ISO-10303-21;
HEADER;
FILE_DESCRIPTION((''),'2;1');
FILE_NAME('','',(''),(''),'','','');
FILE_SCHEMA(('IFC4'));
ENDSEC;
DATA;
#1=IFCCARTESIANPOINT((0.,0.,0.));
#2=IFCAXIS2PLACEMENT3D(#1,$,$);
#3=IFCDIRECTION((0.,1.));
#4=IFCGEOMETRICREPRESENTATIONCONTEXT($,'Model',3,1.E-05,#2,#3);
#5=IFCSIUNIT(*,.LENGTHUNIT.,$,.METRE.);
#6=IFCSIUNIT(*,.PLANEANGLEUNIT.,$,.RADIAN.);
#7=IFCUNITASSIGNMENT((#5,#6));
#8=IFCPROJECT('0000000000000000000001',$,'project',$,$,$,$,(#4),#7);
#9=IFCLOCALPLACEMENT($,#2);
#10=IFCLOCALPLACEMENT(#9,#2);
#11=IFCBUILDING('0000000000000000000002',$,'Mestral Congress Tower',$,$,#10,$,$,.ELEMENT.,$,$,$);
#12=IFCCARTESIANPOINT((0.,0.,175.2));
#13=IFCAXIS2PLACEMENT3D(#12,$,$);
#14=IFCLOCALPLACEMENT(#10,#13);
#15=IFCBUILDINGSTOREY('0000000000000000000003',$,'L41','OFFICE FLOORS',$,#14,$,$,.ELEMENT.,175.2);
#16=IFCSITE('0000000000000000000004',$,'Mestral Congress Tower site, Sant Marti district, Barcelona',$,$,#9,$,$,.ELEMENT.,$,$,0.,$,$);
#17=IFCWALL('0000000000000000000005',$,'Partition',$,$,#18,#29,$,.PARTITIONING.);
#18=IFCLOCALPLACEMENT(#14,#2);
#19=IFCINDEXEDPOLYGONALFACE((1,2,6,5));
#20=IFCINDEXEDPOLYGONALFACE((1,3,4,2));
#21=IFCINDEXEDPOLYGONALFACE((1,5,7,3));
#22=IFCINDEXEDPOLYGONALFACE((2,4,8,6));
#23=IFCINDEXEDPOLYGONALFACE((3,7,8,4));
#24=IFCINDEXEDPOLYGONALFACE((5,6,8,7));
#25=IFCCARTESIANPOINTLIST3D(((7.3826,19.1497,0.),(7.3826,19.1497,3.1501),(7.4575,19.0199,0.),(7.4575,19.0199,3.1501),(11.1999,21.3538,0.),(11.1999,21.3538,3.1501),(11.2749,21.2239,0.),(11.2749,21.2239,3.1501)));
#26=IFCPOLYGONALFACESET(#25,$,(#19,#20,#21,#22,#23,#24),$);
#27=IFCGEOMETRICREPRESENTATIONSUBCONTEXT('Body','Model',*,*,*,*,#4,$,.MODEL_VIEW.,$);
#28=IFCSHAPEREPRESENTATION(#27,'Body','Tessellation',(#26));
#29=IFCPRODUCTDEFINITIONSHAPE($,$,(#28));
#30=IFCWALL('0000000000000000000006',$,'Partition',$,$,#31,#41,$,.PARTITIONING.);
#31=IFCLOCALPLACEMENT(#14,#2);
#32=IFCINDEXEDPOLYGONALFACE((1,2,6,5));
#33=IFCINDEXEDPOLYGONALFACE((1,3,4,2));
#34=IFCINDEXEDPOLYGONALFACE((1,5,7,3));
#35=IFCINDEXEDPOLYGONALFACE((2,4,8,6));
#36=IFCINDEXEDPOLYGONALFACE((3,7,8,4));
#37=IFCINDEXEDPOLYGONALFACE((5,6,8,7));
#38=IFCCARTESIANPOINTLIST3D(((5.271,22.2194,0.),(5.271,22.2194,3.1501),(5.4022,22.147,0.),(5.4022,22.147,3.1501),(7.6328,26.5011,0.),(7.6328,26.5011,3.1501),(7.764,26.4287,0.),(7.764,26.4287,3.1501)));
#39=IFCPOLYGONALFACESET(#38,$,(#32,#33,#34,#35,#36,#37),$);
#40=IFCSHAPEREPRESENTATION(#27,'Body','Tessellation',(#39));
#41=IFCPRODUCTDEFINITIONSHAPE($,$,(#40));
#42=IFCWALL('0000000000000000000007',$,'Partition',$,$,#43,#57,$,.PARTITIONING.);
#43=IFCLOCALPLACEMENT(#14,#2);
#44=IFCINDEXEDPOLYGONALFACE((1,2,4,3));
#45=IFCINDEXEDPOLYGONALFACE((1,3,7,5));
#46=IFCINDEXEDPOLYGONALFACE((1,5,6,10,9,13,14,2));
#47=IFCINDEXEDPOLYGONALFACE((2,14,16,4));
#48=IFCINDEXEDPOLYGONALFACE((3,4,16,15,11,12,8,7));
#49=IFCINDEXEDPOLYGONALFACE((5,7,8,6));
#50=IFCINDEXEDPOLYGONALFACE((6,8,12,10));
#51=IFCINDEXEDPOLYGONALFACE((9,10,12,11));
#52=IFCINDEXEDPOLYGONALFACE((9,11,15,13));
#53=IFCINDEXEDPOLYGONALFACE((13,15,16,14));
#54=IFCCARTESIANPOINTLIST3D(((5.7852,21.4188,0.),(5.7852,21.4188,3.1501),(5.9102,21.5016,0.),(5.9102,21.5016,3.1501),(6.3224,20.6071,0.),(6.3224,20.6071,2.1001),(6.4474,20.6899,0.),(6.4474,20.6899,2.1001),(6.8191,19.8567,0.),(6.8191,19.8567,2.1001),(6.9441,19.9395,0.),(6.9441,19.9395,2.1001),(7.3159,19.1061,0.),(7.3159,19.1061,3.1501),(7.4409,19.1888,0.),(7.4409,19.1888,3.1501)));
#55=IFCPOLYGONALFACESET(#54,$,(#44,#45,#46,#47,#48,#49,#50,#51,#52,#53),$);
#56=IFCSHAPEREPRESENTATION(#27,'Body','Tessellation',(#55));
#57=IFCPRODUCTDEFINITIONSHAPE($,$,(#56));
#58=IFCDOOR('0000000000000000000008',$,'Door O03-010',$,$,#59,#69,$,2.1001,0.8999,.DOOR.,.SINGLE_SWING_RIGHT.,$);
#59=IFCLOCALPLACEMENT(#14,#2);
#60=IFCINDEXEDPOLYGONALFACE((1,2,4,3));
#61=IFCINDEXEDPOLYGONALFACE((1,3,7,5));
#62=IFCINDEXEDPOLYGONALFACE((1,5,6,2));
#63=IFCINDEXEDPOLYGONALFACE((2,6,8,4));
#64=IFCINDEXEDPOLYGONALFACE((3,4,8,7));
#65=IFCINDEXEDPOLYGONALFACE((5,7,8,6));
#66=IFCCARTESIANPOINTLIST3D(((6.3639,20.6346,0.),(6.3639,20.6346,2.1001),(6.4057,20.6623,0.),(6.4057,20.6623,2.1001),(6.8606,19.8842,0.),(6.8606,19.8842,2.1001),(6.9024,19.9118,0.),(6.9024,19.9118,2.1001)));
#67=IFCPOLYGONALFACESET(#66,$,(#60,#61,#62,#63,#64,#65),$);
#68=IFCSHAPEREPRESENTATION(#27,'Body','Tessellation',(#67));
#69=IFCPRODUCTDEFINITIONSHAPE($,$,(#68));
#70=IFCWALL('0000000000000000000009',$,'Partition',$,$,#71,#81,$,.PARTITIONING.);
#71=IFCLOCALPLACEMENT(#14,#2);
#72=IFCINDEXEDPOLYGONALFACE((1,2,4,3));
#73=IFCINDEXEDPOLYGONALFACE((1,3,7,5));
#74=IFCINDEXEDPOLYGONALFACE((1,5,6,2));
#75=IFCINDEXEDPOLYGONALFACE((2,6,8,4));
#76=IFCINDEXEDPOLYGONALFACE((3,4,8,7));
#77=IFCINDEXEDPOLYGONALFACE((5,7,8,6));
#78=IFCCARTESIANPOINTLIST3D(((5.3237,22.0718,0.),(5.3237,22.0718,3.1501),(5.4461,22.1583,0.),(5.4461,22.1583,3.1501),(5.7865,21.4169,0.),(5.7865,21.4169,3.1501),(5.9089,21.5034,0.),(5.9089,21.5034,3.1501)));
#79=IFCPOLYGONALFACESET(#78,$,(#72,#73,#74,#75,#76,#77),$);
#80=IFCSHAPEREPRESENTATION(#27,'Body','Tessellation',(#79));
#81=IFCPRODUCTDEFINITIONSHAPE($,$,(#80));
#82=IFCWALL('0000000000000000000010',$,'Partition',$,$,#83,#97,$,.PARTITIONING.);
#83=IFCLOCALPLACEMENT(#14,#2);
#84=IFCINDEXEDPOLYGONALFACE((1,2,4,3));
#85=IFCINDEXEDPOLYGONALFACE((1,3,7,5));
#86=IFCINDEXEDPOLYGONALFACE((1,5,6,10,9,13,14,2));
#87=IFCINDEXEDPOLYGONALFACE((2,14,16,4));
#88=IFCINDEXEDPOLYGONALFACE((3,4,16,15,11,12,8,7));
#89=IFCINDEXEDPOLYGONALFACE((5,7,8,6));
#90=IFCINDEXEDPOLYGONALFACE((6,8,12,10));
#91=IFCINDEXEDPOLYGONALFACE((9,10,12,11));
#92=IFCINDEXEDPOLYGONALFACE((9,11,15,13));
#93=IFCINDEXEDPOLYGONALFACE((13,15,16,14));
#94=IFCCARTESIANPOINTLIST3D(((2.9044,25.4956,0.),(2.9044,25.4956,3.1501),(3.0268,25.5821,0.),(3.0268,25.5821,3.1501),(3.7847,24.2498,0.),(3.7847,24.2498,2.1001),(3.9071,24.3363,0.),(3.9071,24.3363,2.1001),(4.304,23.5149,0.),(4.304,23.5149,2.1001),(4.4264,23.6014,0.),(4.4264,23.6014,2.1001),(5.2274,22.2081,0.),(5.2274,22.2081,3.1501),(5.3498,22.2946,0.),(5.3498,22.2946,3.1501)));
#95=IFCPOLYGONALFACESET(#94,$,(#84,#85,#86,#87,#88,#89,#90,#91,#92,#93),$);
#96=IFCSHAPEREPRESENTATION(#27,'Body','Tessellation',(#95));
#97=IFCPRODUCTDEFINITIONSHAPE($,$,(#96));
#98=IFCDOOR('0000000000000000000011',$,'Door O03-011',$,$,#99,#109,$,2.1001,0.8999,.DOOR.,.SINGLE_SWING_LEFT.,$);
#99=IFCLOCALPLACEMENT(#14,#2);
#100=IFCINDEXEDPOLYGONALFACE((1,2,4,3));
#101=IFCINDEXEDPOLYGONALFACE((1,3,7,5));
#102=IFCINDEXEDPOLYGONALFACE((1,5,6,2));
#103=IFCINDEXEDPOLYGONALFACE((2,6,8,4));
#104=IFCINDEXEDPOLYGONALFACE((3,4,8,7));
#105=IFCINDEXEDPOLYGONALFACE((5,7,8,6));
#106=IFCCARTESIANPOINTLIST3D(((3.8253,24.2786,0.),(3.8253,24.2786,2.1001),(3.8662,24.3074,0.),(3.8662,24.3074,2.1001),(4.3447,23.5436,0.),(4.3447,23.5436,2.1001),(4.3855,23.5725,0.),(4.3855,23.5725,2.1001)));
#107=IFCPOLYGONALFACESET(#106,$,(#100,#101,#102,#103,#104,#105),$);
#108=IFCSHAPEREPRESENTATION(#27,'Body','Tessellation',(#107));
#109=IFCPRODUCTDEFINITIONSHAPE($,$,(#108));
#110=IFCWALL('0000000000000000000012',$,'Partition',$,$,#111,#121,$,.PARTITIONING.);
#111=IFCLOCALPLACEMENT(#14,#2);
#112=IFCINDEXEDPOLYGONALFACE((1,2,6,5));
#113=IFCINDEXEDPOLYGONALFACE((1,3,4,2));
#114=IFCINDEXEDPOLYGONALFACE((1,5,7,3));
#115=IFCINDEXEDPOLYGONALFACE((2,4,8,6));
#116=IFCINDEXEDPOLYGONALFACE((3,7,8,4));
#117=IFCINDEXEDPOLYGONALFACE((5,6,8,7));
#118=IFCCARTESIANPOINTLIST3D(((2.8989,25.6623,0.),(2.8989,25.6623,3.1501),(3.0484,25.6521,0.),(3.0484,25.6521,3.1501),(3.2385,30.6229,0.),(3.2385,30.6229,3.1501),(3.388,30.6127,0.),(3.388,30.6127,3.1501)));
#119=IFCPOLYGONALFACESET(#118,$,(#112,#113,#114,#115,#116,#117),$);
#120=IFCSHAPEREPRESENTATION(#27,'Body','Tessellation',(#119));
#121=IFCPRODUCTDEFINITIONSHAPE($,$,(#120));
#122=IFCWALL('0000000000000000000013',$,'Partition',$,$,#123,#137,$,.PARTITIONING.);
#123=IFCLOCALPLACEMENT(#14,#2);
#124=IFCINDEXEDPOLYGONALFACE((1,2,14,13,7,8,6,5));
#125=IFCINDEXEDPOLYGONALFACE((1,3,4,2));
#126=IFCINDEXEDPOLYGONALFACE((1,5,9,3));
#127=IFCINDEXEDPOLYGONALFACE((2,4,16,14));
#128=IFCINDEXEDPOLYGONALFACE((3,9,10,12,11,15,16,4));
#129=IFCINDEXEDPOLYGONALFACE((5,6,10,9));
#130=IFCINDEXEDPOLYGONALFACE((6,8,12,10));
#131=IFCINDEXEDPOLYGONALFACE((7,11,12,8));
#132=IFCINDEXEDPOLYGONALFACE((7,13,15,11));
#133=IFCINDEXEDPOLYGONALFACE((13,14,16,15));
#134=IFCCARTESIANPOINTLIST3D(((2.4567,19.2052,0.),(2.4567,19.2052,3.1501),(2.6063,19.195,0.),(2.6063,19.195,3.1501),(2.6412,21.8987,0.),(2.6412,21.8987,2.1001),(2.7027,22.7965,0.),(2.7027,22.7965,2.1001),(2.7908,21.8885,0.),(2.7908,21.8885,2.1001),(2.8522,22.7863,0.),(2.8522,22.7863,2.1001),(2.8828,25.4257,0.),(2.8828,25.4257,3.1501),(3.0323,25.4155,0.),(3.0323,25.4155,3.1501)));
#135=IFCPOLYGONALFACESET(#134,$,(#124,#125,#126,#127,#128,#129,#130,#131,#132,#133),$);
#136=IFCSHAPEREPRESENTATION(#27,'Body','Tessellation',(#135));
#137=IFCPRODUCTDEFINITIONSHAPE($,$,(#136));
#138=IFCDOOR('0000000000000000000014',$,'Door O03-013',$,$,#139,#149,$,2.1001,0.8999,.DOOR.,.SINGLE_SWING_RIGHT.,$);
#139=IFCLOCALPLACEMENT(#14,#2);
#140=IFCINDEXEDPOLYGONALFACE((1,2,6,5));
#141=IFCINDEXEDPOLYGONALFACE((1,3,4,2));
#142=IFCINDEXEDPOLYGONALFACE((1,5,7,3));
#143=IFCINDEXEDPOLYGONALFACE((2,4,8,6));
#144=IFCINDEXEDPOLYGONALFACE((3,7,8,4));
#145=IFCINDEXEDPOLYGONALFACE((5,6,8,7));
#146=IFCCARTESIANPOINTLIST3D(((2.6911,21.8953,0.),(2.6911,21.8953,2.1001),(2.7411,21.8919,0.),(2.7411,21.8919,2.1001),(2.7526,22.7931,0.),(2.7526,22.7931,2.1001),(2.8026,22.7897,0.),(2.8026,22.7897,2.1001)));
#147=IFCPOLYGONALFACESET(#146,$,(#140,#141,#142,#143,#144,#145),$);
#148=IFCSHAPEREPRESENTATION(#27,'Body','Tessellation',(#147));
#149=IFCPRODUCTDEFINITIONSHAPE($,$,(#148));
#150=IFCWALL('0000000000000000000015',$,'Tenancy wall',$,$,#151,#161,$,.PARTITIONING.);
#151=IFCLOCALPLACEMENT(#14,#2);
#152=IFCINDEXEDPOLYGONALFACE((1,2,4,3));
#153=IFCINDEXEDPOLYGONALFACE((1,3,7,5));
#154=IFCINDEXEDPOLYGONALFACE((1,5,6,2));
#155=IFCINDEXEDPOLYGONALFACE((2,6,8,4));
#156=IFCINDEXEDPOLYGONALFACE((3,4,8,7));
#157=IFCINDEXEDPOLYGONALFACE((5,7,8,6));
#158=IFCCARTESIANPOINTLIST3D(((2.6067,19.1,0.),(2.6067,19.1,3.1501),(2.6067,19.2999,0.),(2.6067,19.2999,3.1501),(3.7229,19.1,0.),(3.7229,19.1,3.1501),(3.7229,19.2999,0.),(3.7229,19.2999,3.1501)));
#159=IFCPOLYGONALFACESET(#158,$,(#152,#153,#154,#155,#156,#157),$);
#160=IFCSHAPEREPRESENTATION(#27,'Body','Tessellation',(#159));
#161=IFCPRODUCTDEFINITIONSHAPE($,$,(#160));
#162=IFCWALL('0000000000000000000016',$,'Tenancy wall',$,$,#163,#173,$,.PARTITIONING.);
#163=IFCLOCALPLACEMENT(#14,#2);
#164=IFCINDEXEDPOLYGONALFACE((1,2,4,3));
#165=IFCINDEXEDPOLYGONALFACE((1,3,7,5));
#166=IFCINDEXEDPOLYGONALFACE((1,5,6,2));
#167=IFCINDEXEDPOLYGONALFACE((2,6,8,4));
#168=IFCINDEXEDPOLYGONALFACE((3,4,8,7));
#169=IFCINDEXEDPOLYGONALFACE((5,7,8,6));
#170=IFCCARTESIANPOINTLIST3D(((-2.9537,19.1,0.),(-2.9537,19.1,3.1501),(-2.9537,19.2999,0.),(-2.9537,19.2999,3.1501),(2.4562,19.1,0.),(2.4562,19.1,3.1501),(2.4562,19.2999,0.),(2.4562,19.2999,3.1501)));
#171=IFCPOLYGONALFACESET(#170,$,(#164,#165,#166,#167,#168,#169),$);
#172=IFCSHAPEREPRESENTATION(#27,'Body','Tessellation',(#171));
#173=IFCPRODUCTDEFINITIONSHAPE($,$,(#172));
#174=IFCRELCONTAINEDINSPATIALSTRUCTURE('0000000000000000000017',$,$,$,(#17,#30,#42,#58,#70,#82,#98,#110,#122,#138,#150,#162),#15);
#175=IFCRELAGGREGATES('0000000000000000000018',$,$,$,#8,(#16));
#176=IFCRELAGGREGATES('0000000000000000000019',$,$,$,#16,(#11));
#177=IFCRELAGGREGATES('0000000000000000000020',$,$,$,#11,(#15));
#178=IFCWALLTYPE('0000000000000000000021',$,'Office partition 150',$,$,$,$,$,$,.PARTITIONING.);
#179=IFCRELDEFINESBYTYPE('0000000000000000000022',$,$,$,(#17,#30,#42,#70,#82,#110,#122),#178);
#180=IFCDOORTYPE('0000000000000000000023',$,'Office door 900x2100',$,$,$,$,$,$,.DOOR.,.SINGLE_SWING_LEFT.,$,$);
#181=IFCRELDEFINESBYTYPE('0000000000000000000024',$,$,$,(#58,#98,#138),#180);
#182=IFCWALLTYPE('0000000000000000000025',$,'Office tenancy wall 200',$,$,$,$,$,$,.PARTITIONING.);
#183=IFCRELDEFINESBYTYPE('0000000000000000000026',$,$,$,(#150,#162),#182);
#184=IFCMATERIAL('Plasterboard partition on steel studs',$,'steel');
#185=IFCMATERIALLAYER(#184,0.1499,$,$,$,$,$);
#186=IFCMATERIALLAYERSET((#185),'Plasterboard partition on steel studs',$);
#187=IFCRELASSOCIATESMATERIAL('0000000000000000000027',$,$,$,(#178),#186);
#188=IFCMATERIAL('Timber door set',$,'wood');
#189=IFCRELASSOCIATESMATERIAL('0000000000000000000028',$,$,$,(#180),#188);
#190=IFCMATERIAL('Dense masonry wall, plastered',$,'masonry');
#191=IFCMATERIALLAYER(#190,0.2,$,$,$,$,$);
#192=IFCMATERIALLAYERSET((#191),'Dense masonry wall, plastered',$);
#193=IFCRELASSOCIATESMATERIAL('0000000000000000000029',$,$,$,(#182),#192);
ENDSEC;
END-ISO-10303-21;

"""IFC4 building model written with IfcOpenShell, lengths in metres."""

from ifc_helpers import new_model, si_unit, direction, frame, frame_2d, origin, place, context, subcontext, project, spatial, rectangle, extrude, material, layer, layer_set, type_object, element, fill, save


model = new_model("IFC4")

# Units and contexts
model_context = context("Model", 3, precision=1e-05, world=origin(), true_north=direction((0.0, 1.0)))
body_context = subcontext(model_context, "Body", "Model", "MODEL_VIEW")
ifc_project = project(units=[si_unit("LENGTHUNIT", "METRE"), si_unit("PLANEANGLEUNIT", "RADIAN")], contexts=[model_context])

# Site, building, storey
site_placement = place(None, origin())
site = spatial("IfcSite", under=ifc_project, at=site_placement, Name="Mestral Congress Tower site, Sant Marti district, Barcelona", CompositionType="ELEMENT", RefElevation=0.0)
building_placement = place(site_placement, origin())
building = spatial("IfcBuilding", under=site, at=building_placement, Name="Mestral Congress Tower", CompositionType="ELEMENT")
storey_placement = place(building_placement, frame((0.0, 0.0, 175.2)))
storey = spatial("IfcBuildingStorey", under=building, at=storey_placement, Name="L41", Description="OFFICE FLOORS", CompositionType="ELEMENT", Elevation=175.2)

# Walls
ifc_material_1 = material(Name="Plasterboard partition on steel studs", Category="steel")
ifc_layer_1 = layer(ifc_material_1, 0.1499)
ifc_layer_set_1 = layer_set([ifc_layer_1], Name="Plasterboard partition on steel studs")
wall_type_1 = type_object("IfcWallType", Name="Office partition 150", PredefinedType="PARTITIONING", material=ifc_layer_set_1)
wall_1_placement = place(storey_placement, frame((7.4199, 19.0847, 0.0), z_axis=(0.0, 0.0, 1.0), x_axis=(0.866012, 0.500023, 0.0)))
element("IfcWall", 1, at=wall_1_placement, inside=storey, type_object=wall_type_1, Name="Partition", PredefinedType="PARTITIONING", context=body_context, shape_type="SweptSolid", body=[
    extrude(rectangle(XDim=4.408, YDim=0.1499, at=frame_2d((2.2041, 0.0))), origin(), (0.0, 0.0, 1.0), 3.1501),
])
wall_2_placement = place(storey_placement, frame((5.3367, 22.1833, 0.0), z_axis=(0.0, 0.0, 1.0), x_axis=(0.482996, 0.875623, 0.0)))
element("IfcWall", 2, at=wall_2_placement, inside=storey, type_object=wall_type_1, Name="Partition", PredefinedType="PARTITIONING", context=body_context, shape_type="SweptSolid", body=[
    extrude(rectangle(XDim=4.8899, YDim=0.1499, at=frame_2d((2.4448, 0.0))), origin(), (0.0, 0.0, 1.0), 3.1501),
])

# Wall, opening, door
wall_3_placement = place(storey_placement, frame((5.8477, 21.4602, 0.0), z_axis=(0.0, 0.0, 1.0), x_axis=(0.551934, -0.833888, 0.0)))
wall_3 = element("IfcWall", 3, at=wall_3_placement, inside=storey, type_object=wall_type_1, Name="Partition", PredefinedType="PARTITIONING", context=body_context, shape_type="SweptSolid", body=[
    extrude(rectangle(XDim=2.7734, YDim=0.1499, at=frame_2d((1.3867, 0.0))), origin(), (0.0, 0.0, 1.0), 3.1501),
])
opening_1_placement = place(wall_3_placement, frame((0.9734, 0.0, 0.0)))
opening_1 = element("IfcOpeningElement", 4, at=opening_1_placement, cuts=wall_3, PredefinedType="OPENING", context=body_context, shape_type="SweptSolid", body=[
    extrude(rectangle(XDim=0.8999, YDim=2.1001, at=frame_2d((0.45, 1.05))), frame((0.0, 0.085, 0.0), z_axis=(0.0, -1.0, 0.0), x_axis=(1.0, 0.0, 0.0)), (0.0, 0.0, 1.0), 0.1699),
])
ifc_material_2 = material(Name="Timber door set", Category="wood")
door_type = type_object("IfcDoorType", Name="Office door 900x2100", OperationType="SINGLE_SWING_LEFT", PredefinedType="DOOR", material=ifc_material_2)
door_1_placement = place(opening_1_placement, origin())
door_1 = element("IfcDoor", 5, at=door_1_placement, inside=storey, type_object=door_type, Name="Door O03-010", OperationType="SINGLE_SWING_RIGHT", OverallHeight=2.1001, OverallWidth=0.8999, PredefinedType="DOOR", context=body_context, shape_type="SweptSolid", body=[
    extrude(rectangle(XDim=0.8999, YDim=2.1001, at=frame_2d((0.45, 1.05))), frame((0.0, 0.0249, 0.0), z_axis=(0.0, -1.0, 0.0), x_axis=(1.0, 0.0, 0.0)), (0.0, 0.0, 1.0), 0.05),
])
fill(opening_1, door_1)

# Wall
wall_4_placement = place(storey_placement, frame((5.8477, 21.4602, 0.0), z_axis=(0.0, 0.0, 1.0), x_axis=(-0.577113, 0.816664, 0.0)))
element("IfcWall", 6, at=wall_4_placement, inside=storey, type_object=wall_type_1, Name="Partition", PredefinedType="PARTITIONING", context=body_context, shape_type="SweptSolid", body=[
    extrude(rectangle(XDim=0.802, YDim=0.1499, at=frame_2d((0.4009, 0.0))), origin(), (0.0, 0.0, 1.0), 3.1501),
])

# Wall, opening, door
wall_5_placement = place(storey_placement, frame((2.9656, 25.5388, 0.0), z_axis=(0.0, 0.0, 1.0), x_axis=(0.5771, -0.816674, 0.0)))
wall_5 = element("IfcWall", 7, at=wall_5_placement, inside=storey, type_object=wall_type_1, Name="Partition", PredefinedType="PARTITIONING", context=body_context, shape_type="SweptSolid", body=[
    extrude(rectangle(XDim=4.0254, YDim=0.1499, at=frame_2d((2.0127, 0.0))), origin(), (0.0, 0.0, 1.0), 3.1501),
])
opening_2_placement = place(wall_5_placement, frame((1.5254, 0.0, 0.0)))
opening_2 = element("IfcOpeningElement", 8, at=opening_2_placement, cuts=wall_5, PredefinedType="OPENING", context=body_context, shape_type="SweptSolid", body=[
    extrude(rectangle(XDim=0.8999, YDim=2.1001, at=frame_2d((0.45, 1.05))), frame((0.0, 0.085, 0.0), z_axis=(0.0, -1.0, 0.0), x_axis=(1.0, 0.0, 0.0)), (0.0, 0.0, 1.0), 0.1699),
])
door_2_placement = place(opening_2_placement, origin())
door_2 = element("IfcDoor", 9, at=door_2_placement, inside=storey, type_object=door_type, Name="Door O03-011", OperationType="SINGLE_SWING_LEFT", OverallHeight=2.1001, OverallWidth=0.8999, PredefinedType="DOOR", context=body_context, shape_type="SweptSolid", body=[
    extrude(rectangle(XDim=0.8999, YDim=2.1001, at=frame_2d((0.45, 1.05))), frame((0.0, 0.0249, 0.0), z_axis=(0.0, -1.0, 0.0), x_axis=(1.0, 0.0, 0.0)), (0.0, 0.0, 1.0), 0.05),
])
fill(opening_2, door_2)

# Wall
wall_6_placement = place(storey_placement, frame((2.9736, 25.6572, 0.0), z_axis=(0.0, 0.0, 1.0), x_axis=(0.068302, 0.997665, 0.0)))
element("IfcWall", 10, at=wall_6_placement, inside=storey, type_object=wall_type_1, Name="Partition", PredefinedType="PARTITIONING", context=body_context, shape_type="SweptSolid", body=[
    extrude(rectangle(XDim=4.9722, YDim=0.1499, at=frame_2d((2.4861, 0.0))), origin(), (0.0, 0.0, 1.0), 3.1501),
])

# Wall, opening, door
wall_7_placement = place(storey_placement, frame((2.5315, 19.2, 0.0), z_axis=(0.0, 0.0, 1.0), x_axis=(0.068328, 0.997663, 0.0)))
wall_7 = element("IfcWall", 11, at=wall_7_placement, inside=storey, type_object=wall_type_1, Name="Partition", PredefinedType="PARTITIONING", context=body_context, shape_type="SweptSolid", body=[
    extrude(rectangle(XDim=6.2351, YDim=0.1499, at=frame_2d((3.1177, 0.0))), origin(), (0.0, 0.0, 1.0), 3.1501),
])
opening_3_placement = place(wall_7_placement, frame((2.7, 0.0, 0.0)))
opening_3 = element("IfcOpeningElement", 12, at=opening_3_placement, cuts=wall_7, PredefinedType="OPENING", context=body_context, shape_type="SweptSolid", body=[
    extrude(rectangle(XDim=0.8999, YDim=2.1001, at=frame_2d((0.45, 1.05))), frame((0.0, 0.085, 0.0), z_axis=(0.0, -1.0, 0.0), x_axis=(1.0, 0.0, 0.0)), (0.0, 0.0, 1.0), 0.1699),
])
door_3_placement = place(opening_3_placement, origin())
door_3 = element("IfcDoor", 13, at=door_3_placement, inside=storey, type_object=door_type, Name="Door O03-013", OperationType="SINGLE_SWING_RIGHT", OverallHeight=2.1001, OverallWidth=0.8999, PredefinedType="DOOR", context=body_context, shape_type="SweptSolid", body=[
    extrude(rectangle(XDim=0.8999, YDim=2.1001, at=frame_2d((0.45, 1.05))), frame((0.0, 0.0249, 0.0), z_axis=(0.0, -1.0, 0.0), x_axis=(1.0, 0.0, 0.0)), (0.0, 0.0, 1.0), 0.05),
])
fill(opening_3, door_3)

# Walls
ifc_material_3 = material(Name="Dense masonry wall, plastered", Category="masonry")
ifc_layer_2 = layer(ifc_material_3, 0.2)
ifc_layer_set_2 = layer_set([ifc_layer_2], Name="Dense masonry wall, plastered")
wall_type_2 = type_object("IfcWallType", Name="Office tenancy wall 200", PredefinedType="PARTITIONING", material=ifc_layer_set_2)
wall_8_placement = place(storey_placement, frame((3.7229, 19.2, 0.0), z_axis=(0.0, 0.0, 1.0), x_axis=(-1.0, 0.0, 0.0)))
element("IfcWall", 14, at=wall_8_placement, inside=storey, type_object=wall_type_2, Name="Tenancy wall", PredefinedType="PARTITIONING", context=body_context, shape_type="SweptSolid", body=[
    extrude(rectangle(XDim=1.1162, YDim=0.2, at=frame_2d((0.5581, 0.0))), origin(), (0.0, 0.0, 1.0), 3.1501),
])
wall_9_placement = place(storey_placement, frame((2.4563, 19.2, 0.0), z_axis=(0.0, 0.0, 1.0), x_axis=(-1.0, 0.0, 0.0)))
element("IfcWall", 15, at=wall_9_placement, inside=storey, type_object=wall_type_2, Name="Tenancy wall", PredefinedType="PARTITIONING", context=body_context, shape_type="SweptSolid", body=[
    extrude(rectangle(XDim=5.4099, YDim=0.2, at=frame_2d((2.7051, 0.0))), origin(), (0.0, 0.0, 1.0), 3.1501),
])

save(model, "model.ifc")
